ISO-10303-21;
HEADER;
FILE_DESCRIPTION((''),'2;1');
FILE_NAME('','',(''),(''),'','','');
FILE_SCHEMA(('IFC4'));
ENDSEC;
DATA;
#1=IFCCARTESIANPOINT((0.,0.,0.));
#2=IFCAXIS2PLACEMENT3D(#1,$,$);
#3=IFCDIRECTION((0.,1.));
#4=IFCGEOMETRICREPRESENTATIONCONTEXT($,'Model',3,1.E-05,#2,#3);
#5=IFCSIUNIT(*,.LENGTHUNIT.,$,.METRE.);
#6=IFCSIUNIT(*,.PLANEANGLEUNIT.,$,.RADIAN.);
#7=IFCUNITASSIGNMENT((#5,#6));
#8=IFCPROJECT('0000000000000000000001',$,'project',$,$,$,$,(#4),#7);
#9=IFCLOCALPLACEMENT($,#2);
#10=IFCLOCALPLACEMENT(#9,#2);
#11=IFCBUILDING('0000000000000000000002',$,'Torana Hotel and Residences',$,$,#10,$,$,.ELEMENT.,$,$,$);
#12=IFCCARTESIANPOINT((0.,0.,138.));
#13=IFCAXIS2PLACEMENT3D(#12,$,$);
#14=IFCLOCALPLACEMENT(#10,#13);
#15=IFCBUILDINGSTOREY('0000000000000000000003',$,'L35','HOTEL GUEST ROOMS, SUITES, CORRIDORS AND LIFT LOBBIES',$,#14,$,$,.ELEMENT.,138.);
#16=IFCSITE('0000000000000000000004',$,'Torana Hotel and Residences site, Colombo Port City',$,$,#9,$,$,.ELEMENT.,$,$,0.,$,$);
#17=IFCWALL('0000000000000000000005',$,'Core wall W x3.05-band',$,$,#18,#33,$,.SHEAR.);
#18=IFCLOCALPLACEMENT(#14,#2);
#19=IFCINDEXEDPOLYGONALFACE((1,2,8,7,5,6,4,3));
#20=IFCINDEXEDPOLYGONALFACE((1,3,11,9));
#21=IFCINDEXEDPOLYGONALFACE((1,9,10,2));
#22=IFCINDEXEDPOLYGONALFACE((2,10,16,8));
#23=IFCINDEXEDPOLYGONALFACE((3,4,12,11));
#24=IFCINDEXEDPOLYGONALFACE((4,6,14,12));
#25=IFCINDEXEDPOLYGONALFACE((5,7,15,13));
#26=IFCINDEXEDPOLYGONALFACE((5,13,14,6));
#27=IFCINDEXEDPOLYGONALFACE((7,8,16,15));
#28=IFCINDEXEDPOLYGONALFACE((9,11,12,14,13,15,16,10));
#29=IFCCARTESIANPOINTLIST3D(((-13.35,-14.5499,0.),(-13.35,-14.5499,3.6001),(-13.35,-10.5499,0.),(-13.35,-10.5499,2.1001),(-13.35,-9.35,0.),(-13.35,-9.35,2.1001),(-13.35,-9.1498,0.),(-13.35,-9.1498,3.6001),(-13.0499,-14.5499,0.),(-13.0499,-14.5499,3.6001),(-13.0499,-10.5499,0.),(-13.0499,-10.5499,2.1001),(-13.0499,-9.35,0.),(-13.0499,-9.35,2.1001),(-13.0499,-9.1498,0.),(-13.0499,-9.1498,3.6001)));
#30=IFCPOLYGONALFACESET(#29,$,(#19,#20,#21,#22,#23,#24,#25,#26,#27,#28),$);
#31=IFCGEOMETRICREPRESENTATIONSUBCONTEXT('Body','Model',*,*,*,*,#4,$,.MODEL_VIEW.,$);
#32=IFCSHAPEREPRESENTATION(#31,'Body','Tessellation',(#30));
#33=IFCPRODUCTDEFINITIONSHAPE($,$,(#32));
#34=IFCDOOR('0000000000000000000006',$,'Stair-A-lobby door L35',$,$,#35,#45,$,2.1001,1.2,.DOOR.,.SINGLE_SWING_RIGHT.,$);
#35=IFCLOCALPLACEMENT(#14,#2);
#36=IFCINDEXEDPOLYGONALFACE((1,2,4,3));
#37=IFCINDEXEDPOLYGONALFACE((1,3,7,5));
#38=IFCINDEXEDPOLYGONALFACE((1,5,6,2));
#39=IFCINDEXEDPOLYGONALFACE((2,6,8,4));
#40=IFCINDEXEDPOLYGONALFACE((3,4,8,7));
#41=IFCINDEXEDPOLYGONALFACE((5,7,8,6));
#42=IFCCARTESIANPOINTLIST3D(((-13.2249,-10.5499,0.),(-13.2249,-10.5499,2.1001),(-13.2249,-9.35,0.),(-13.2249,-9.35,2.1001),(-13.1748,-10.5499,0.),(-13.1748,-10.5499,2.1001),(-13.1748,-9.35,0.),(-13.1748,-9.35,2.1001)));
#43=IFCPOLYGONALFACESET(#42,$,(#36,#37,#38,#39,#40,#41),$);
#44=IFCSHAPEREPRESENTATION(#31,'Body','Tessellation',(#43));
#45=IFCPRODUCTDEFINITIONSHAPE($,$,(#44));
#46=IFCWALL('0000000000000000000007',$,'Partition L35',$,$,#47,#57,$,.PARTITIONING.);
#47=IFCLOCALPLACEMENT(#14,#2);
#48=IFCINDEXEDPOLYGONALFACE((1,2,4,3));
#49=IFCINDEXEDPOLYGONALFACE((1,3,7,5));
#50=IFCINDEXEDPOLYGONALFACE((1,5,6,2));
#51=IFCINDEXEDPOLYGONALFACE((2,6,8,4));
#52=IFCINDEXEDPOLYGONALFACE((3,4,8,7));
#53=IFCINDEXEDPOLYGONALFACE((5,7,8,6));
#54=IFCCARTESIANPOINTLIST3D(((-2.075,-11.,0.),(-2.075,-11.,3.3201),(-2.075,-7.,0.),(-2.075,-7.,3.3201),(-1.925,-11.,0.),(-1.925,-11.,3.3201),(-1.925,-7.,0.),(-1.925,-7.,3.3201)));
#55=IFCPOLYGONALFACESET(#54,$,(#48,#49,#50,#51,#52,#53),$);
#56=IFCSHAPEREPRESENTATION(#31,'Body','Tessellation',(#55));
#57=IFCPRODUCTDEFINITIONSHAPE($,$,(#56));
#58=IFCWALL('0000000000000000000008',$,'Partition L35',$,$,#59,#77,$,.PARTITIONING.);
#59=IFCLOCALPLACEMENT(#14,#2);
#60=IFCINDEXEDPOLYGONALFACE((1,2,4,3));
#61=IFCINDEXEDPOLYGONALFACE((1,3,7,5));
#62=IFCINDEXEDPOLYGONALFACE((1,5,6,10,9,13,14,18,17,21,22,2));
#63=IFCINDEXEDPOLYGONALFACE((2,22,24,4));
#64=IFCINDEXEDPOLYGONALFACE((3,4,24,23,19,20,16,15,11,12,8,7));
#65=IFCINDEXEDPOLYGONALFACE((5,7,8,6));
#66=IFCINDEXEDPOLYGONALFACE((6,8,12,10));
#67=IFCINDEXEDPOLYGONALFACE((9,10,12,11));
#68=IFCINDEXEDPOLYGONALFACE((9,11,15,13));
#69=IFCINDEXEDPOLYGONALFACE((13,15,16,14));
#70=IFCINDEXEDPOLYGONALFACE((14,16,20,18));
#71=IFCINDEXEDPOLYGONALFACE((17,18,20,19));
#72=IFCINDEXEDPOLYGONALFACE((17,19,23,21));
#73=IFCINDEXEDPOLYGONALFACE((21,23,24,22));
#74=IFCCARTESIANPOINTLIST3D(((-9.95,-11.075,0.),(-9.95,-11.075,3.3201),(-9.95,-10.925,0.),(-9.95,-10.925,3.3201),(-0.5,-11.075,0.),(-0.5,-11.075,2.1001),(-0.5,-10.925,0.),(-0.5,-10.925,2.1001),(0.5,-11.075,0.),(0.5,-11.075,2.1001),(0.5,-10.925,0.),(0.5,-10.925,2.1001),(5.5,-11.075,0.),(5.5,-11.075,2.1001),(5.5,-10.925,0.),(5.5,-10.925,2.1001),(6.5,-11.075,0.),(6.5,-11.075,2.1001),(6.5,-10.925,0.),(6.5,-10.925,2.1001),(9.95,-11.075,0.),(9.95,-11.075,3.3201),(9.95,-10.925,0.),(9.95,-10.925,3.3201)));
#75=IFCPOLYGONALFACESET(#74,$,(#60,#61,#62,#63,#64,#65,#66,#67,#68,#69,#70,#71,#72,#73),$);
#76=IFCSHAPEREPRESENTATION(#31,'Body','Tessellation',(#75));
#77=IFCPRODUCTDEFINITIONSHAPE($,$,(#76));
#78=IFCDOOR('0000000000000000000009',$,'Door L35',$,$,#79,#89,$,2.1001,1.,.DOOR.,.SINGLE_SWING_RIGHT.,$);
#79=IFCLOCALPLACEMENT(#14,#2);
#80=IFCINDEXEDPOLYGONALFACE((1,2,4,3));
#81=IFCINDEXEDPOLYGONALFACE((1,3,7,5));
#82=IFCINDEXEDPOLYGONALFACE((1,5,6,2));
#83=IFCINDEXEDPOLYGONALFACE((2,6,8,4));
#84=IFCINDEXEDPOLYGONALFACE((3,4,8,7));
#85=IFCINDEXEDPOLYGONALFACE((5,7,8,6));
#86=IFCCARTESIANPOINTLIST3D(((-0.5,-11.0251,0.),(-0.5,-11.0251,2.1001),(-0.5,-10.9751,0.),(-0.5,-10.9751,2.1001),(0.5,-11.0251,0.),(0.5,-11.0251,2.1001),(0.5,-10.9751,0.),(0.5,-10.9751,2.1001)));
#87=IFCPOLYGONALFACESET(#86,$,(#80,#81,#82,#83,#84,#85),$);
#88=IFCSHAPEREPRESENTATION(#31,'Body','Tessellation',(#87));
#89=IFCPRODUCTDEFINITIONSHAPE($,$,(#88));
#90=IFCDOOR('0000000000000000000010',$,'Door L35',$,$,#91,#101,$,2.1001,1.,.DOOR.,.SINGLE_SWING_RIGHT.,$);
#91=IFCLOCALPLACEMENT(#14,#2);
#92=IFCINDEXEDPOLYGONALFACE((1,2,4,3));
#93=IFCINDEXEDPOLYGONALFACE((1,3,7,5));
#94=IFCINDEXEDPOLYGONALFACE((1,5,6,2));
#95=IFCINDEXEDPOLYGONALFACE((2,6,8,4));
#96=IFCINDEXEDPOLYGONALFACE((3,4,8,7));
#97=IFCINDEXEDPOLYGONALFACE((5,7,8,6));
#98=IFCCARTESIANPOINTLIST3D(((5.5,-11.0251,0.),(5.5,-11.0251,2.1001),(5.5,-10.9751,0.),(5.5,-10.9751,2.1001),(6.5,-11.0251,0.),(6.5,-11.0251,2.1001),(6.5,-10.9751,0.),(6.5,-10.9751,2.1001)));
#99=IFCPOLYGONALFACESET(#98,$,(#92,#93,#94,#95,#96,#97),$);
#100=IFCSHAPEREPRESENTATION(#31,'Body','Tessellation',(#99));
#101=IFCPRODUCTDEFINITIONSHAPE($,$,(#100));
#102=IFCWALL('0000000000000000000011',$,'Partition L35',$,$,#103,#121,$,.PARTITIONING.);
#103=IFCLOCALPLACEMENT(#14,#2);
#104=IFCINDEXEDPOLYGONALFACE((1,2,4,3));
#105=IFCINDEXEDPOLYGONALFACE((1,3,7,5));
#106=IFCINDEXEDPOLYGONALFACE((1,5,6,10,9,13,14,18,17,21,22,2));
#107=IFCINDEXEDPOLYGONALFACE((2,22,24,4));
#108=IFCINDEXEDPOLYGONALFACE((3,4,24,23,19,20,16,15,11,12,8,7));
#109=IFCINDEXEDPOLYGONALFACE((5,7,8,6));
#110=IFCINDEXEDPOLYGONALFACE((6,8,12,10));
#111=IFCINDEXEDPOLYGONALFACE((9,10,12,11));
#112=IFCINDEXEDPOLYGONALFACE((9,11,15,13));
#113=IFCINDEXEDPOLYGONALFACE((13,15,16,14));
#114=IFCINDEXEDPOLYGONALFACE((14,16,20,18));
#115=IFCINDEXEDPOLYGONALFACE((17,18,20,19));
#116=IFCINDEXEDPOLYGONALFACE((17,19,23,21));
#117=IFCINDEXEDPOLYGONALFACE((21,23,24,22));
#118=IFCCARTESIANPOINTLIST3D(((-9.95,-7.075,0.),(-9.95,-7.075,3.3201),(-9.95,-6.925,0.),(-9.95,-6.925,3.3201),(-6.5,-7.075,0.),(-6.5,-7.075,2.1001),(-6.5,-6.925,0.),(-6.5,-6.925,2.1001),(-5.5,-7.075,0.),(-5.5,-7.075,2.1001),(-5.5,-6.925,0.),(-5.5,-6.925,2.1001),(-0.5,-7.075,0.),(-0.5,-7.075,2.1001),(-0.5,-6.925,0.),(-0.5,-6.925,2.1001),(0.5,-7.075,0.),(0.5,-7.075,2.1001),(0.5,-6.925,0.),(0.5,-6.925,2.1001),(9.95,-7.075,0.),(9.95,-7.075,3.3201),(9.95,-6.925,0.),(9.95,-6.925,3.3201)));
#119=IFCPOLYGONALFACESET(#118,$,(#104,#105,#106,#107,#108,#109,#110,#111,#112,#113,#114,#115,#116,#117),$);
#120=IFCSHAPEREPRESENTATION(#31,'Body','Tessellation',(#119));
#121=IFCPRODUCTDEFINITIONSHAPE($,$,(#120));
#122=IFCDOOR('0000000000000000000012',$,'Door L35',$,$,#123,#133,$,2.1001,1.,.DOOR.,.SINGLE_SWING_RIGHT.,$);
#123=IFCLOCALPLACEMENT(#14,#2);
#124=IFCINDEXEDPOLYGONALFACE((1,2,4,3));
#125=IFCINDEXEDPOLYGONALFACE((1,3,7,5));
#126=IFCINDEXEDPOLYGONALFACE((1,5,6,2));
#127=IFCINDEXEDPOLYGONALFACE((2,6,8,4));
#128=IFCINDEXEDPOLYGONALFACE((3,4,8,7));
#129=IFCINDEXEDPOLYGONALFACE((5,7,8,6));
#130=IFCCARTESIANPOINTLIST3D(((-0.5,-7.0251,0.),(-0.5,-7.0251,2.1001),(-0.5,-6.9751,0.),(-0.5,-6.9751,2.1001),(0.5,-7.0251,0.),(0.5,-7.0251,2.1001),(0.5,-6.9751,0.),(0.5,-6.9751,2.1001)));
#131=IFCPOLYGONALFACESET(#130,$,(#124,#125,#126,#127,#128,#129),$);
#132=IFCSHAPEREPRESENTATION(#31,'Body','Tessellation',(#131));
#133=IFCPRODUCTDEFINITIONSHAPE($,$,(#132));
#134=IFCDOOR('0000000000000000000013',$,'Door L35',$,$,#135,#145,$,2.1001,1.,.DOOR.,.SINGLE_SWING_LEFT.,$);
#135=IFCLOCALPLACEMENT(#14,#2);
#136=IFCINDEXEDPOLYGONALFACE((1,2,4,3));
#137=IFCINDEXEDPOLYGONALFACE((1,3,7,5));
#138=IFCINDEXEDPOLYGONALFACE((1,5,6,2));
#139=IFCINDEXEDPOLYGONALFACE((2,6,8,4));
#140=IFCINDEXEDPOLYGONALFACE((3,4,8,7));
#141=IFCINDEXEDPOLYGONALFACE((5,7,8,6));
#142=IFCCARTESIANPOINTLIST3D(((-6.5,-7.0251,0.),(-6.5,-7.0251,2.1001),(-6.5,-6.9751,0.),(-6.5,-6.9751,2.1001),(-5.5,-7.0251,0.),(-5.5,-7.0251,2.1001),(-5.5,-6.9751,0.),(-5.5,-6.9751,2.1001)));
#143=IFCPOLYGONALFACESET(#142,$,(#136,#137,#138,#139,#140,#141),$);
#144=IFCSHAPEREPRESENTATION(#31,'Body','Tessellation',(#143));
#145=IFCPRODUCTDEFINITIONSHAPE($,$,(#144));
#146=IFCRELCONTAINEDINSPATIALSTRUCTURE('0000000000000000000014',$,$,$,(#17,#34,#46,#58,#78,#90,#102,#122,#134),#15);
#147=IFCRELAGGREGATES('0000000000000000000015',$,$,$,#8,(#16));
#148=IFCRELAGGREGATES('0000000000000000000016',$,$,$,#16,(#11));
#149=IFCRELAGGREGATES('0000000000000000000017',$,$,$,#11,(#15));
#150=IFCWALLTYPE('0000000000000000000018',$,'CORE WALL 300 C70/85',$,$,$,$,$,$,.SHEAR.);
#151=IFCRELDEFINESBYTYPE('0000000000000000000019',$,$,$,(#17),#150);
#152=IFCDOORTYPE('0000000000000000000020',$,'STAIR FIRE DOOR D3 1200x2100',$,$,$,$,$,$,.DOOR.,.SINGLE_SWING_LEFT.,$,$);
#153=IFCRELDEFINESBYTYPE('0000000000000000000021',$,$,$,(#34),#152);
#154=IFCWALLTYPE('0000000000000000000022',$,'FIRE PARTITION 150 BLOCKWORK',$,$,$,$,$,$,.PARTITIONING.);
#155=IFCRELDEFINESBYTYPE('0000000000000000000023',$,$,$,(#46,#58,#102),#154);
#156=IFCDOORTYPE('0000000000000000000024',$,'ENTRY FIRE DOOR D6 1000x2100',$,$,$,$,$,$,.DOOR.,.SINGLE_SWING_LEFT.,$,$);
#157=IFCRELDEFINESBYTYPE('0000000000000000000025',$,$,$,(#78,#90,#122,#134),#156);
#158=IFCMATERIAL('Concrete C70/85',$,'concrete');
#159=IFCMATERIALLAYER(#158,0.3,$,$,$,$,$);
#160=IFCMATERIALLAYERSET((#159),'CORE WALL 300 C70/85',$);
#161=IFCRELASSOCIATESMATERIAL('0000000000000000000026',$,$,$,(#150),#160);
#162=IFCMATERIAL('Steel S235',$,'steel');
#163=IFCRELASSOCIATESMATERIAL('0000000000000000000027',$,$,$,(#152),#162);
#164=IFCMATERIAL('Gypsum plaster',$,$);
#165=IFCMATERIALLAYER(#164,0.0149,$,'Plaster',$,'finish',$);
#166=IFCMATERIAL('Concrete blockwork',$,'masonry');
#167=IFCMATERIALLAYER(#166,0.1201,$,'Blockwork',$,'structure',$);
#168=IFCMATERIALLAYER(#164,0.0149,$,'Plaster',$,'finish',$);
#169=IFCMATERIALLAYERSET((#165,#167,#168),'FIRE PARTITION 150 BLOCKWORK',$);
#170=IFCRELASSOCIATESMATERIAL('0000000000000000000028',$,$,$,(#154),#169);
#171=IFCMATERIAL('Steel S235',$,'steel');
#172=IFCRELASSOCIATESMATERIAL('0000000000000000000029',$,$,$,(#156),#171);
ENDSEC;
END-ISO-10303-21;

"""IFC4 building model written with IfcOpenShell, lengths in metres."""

from ifc_helpers import new_model, si_unit, direction, frame, frame_2d, origin, place, context, subcontext, project, spatial, rectangle, extrude, material, layer, layer_set, type_object, element, fill, save


model = new_model("IFC4")

# Units and contexts
model_context = context("Model", 3, precision=1e-05, world=origin(), true_north=direction((0.0, 1.0)))
body_context = subcontext(model_context, "Body", "Model", "MODEL_VIEW")
ifc_project = project(units=[si_unit("LENGTHUNIT", "METRE"), si_unit("PLANEANGLEUNIT", "RADIAN")], contexts=[model_context])

# Site, building, storey
site_placement = place(None, origin())
site = spatial("IfcSite", under=ifc_project, at=site_placement, Name="Torana Hotel and Residences site, Colombo Port City", CompositionType="ELEMENT", RefElevation=0.0)
building_placement = place(site_placement, origin())
building = spatial("IfcBuilding", under=site, at=building_placement, Name="Torana Hotel and Residences", CompositionType="ELEMENT")
storey_placement = place(building_placement, frame((0.0, 0.0, 138.0)))
storey = spatial("IfcBuildingStorey", under=building, at=storey_placement, Name="L35", Description="HOTEL GUEST ROOMS, SUITES, CORRIDORS AND LIFT LOBBIES", CompositionType="ELEMENT", Elevation=138.0)

# Shared definitions
ifc_material_1 = material(Name="Concrete C70/85", Category="concrete")
ifc_layer_1 = layer(ifc_material_1, 0.3)
ifc_layer_set_1 = layer_set([ifc_layer_1], Name="CORE WALL 300 C70/85")
wall_type_1 = type_object("IfcWallType", Name="CORE WALL 300 C70/85", PredefinedType="SHEAR", material=ifc_layer_set_1)

# Wall, opening, door
wall_1_placement = place(storey_placement, frame((-13.2, -14.55, 0.0), z_axis=(0.0, 0.0, 1.0), x_axis=(0.0, 1.0, 0.0)))
wall_1 = element("IfcWall", 1, at=wall_1_placement, inside=storey, type_object=wall_type_1, Name="Core wall W x3.05-band", PredefinedType="SHEAR", context=body_context, shape_type="SweptSolid", body=[
    extrude(rectangle(XDim=5.4001, YDim=0.3, at=frame_2d((2.7002, 0.0))), origin(), (0.0, 0.0, 1.0), 3.6001),
])
opening_1_placement = place(wall_1_placement, frame((4.0, 0.0, 0.0)))
opening_1 = element("IfcOpeningElement", 2, at=opening_1_placement, cuts=wall_1, PredefinedType="OPENING", context=body_context, shape_type="SweptSolid", body=[
    extrude(rectangle(XDim=1.2, YDim=2.1001, at=frame_2d((0.6001, 1.05))), frame((0.0, 0.1599, 0.0), z_axis=(0.0, -1.0, 0.0), x_axis=(1.0, 0.0, 0.0)), (0.0, 0.0, 1.0), 0.3201),
])
ifc_material_2 = material(Name="Steel S235", Category="steel")
door_type_1 = type_object("IfcDoorType", Name="STAIR FIRE DOOR D3 1200x2100", OperationType="SINGLE_SWING_LEFT", PredefinedType="DOOR", material=ifc_material_2)
door_1_placement = place(opening_1_placement, frame((0.6001, 0.0, 0.0), z_axis=(0.0, 0.0, 1.0), x_axis=(-1.0, 0.0, 0.0)))
door_1 = element("IfcDoor", 3, at=door_1_placement, inside=storey, type_object=door_type_1, Name="Stair-A-lobby door L35", OperationType="SINGLE_SWING_RIGHT", OverallHeight=2.1001, OverallWidth=1.2, PredefinedType="DOOR", context=body_context, shape_type="SweptSolid", body=[
    extrude(rectangle(XDim=1.2, YDim=2.1001, at=frame_2d((0.0, 1.05))), frame((0.0, -0.0249, 0.0), z_axis=(0.0, 1.0, 0.0), x_axis=(-1.0, 0.0, 0.0)), (0.0, 0.0, 1.0), 0.05),
])
fill(opening_1, door_1)

# Wall
ifc_material_3 = material(Name="Gypsum plaster")
ifc_layer_2 = layer(ifc_material_3, 0.0149, Name="Plaster", Category="finish")
ifc_material_4 = material(Name="Concrete blockwork", Category="masonry")
ifc_layer_3 = layer(ifc_material_4, 0.1201, Name="Blockwork", Category="structure")
ifc_layer_4 = layer(ifc_material_3, 0.0149, Name="Plaster", Category="finish")
ifc_layer_set_2 = layer_set([ifc_layer_2, ifc_layer_3, ifc_layer_4], Name="FIRE PARTITION 150 BLOCKWORK")
wall_type_2 = type_object("IfcWallType", Name="FIRE PARTITION 150 BLOCKWORK", PredefinedType="PARTITIONING", material=ifc_layer_set_2)
wall_2_placement = place(storey_placement, frame((-2.0, -11.0, 0.0), z_axis=(0.0, 0.0, 1.0), x_axis=(0.0, 1.0, 0.0)))
element("IfcWall", 4, at=wall_2_placement, inside=storey, type_object=wall_type_2, Name="Partition L35", PredefinedType="PARTITIONING", context=body_context, shape_type="SweptSolid", body=[
    extrude(rectangle(XDim=4.0, YDim=0.1499, at=frame_2d((2.0, 0.0))), origin(), (0.0, 0.0, 1.0), 3.3201),
])

# Walls, openings, doors
wall_3_placement = place(storey_placement, frame((-9.95, -11.0, 0.0), z_axis=(0.0, 0.0, 1.0), x_axis=(1.0, 0.0, 0.0)))
wall_3 = element("IfcWall", 5, at=wall_3_placement, inside=storey, type_object=wall_type_2, Name="Partition L35", PredefinedType="PARTITIONING", context=body_context, shape_type="SweptSolid", body=[
    extrude(rectangle(XDim=19.8999, YDim=0.1499, at=frame_2d((9.95, 0.0))), origin(), (0.0, 0.0, 1.0), 3.3201),
])
opening_2_placement = place(wall_3_placement, frame((9.45, 0.0, 0.0)))
opening_2 = element("IfcOpeningElement", 6, at=opening_2_placement, cuts=wall_3, PredefinedType="OPENING", context=body_context, shape_type="SweptSolid", body=[
    extrude(rectangle(XDim=1.0, YDim=2.1001, at=frame_2d((0.5, 1.05))), frame((0.0, 0.085, 0.0), z_axis=(0.0, -1.0, 0.0), x_axis=(1.0, 0.0, 0.0)), (0.0, 0.0, 1.0), 0.1699),
])
opening_3_placement = place(wall_3_placement, frame((15.45, 0.0, 0.0)))
opening_3 = element("IfcOpeningElement", 7, at=opening_3_placement, cuts=wall_3, PredefinedType="OPENING", context=body_context, shape_type="SweptSolid", body=[
    extrude(rectangle(XDim=1.0, YDim=2.1001, at=frame_2d((0.5, 1.05))), frame((0.0, 0.085, 0.0), z_axis=(0.0, -1.0, 0.0), x_axis=(1.0, 0.0, 0.0)), (0.0, 0.0, 1.0), 0.1699),
])
ifc_material_5 = material(Name="Steel S235", Category="steel")
door_type_2 = type_object("IfcDoorType", Name="ENTRY FIRE DOOR D6 1000x2100", OperationType="SINGLE_SWING_LEFT", PredefinedType="DOOR", material=ifc_material_5)
door_2_placement = place(opening_2_placement, origin())
door_2 = element("IfcDoor", 8, at=door_2_placement, inside=storey, type_object=door_type_2, Name="Door L35", OperationType="SINGLE_SWING_RIGHT", OverallHeight=2.1001, OverallWidth=1.0, PredefinedType="DOOR", context=body_context, shape_type="SweptSolid", body=[
    extrude(rectangle(XDim=1.0, YDim=2.1001, at=frame_2d((0.5, 1.05))), frame((0.0, 0.0249, 0.0), z_axis=(0.0, -1.0, 0.0), x_axis=(1.0, 0.0, 0.0)), (0.0, 0.0, 1.0), 0.05),
])
fill(opening_2, door_2)
door_3_placement = place(opening_3_placement, origin())
door_3 = element("IfcDoor", 9, at=door_3_placement, inside=storey, type_object=door_type_2, Name="Door L35", OperationType="SINGLE_SWING_RIGHT", OverallHeight=2.1001, OverallWidth=1.0, PredefinedType="DOOR", context=body_context, shape_type="SweptSolid", body=[
    extrude(rectangle(XDim=1.0, YDim=2.1001, at=frame_2d((0.5, 1.05))), frame((0.0, 0.0249, 0.0), z_axis=(0.0, -1.0, 0.0), x_axis=(1.0, 0.0, 0.0)), (0.0, 0.0, 1.0), 0.05),
])
fill(opening_3, door_3)
wall_4_placement = place(storey_placement, frame((-9.95, -7.0, 0.0), z_axis=(0.0, 0.0, 1.0), x_axis=(1.0, 0.0, 0.0)))
wall_4 = element("IfcWall", 10, at=wall_4_placement, inside=storey, type_object=wall_type_2, Name="Partition L35", PredefinedType="PARTITIONING", context=body_context, shape_type="SweptSolid", body=[
    extrude(rectangle(XDim=19.8999, YDim=0.1499, at=frame_2d((9.95, 0.0))), origin(), (0.0, 0.0, 1.0), 3.3201),
])
opening_4_placement = place(wall_4_placement, frame((9.45, 0.0, 0.0)))
opening_4 = element("IfcOpeningElement", 11, at=opening_4_placement, cuts=wall_4, PredefinedType="OPENING", context=body_context, shape_type="SweptSolid", body=[
    extrude(rectangle(XDim=1.0, YDim=2.1001, at=frame_2d((0.5, 1.05))), frame((0.0, 0.085, 0.0), z_axis=(0.0, -1.0, 0.0), x_axis=(1.0, 0.0, 0.0)), (0.0, 0.0, 1.0), 0.1699),
])
opening_5_placement = place(wall_4_placement, frame((3.45, 0.0, 0.0)))
opening_5 = element("IfcOpeningElement", 12, at=opening_5_placement, cuts=wall_4, PredefinedType="OPENING", context=body_context, shape_type="SweptSolid", body=[
    extrude(rectangle(XDim=1.0, YDim=2.1001, at=frame_2d((0.5, 1.05))), frame((0.0, 0.085, 0.0), z_axis=(0.0, -1.0, 0.0), x_axis=(1.0, 0.0, 0.0)), (0.0, 0.0, 1.0), 0.1699),
])
door_4_placement = place(opening_4_placement, origin())
door_4 = element("IfcDoor", 13, at=door_4_placement, inside=storey, type_object=door_type_2, Name="Door L35", OperationType="SINGLE_SWING_RIGHT", OverallHeight=2.1001, OverallWidth=1.0, PredefinedType="DOOR", context=body_context, shape_type="SweptSolid", body=[
    extrude(rectangle(XDim=1.0, YDim=2.1001, at=frame_2d((0.5, 1.05))), frame((0.0, 0.0249, 0.0), z_axis=(0.0, -1.0, 0.0), x_axis=(1.0, 0.0, 0.0)), (0.0, 0.0, 1.0), 0.05),
])
fill(opening_4, door_4)
door_5_placement = place(opening_5_placement, frame((0.5, 0.0, 0.0), z_axis=(0.0, 0.0, 1.0), x_axis=(-1.0, 0.0, 0.0)))
door_5 = element("IfcDoor", 14, at=door_5_placement, inside=storey, type_object=door_type_2, Name="Door L35", OperationType="SINGLE_SWING_LEFT", OverallHeight=2.1001, OverallWidth=1.0, PredefinedType="DOOR", context=body_context, shape_type="SweptSolid", body=[
    extrude(rectangle(XDim=1.0, YDim=2.1001, at=frame_2d((0.0, 1.05))), frame((0.0, -0.0249, 0.0), z_axis=(0.0, 1.0, 0.0), x_axis=(-1.0, 0.0, 0.0)), (0.0, 0.0, 1.0), 0.05),
])
fill(opening_5, door_5)

save(model, "model.ifc")
